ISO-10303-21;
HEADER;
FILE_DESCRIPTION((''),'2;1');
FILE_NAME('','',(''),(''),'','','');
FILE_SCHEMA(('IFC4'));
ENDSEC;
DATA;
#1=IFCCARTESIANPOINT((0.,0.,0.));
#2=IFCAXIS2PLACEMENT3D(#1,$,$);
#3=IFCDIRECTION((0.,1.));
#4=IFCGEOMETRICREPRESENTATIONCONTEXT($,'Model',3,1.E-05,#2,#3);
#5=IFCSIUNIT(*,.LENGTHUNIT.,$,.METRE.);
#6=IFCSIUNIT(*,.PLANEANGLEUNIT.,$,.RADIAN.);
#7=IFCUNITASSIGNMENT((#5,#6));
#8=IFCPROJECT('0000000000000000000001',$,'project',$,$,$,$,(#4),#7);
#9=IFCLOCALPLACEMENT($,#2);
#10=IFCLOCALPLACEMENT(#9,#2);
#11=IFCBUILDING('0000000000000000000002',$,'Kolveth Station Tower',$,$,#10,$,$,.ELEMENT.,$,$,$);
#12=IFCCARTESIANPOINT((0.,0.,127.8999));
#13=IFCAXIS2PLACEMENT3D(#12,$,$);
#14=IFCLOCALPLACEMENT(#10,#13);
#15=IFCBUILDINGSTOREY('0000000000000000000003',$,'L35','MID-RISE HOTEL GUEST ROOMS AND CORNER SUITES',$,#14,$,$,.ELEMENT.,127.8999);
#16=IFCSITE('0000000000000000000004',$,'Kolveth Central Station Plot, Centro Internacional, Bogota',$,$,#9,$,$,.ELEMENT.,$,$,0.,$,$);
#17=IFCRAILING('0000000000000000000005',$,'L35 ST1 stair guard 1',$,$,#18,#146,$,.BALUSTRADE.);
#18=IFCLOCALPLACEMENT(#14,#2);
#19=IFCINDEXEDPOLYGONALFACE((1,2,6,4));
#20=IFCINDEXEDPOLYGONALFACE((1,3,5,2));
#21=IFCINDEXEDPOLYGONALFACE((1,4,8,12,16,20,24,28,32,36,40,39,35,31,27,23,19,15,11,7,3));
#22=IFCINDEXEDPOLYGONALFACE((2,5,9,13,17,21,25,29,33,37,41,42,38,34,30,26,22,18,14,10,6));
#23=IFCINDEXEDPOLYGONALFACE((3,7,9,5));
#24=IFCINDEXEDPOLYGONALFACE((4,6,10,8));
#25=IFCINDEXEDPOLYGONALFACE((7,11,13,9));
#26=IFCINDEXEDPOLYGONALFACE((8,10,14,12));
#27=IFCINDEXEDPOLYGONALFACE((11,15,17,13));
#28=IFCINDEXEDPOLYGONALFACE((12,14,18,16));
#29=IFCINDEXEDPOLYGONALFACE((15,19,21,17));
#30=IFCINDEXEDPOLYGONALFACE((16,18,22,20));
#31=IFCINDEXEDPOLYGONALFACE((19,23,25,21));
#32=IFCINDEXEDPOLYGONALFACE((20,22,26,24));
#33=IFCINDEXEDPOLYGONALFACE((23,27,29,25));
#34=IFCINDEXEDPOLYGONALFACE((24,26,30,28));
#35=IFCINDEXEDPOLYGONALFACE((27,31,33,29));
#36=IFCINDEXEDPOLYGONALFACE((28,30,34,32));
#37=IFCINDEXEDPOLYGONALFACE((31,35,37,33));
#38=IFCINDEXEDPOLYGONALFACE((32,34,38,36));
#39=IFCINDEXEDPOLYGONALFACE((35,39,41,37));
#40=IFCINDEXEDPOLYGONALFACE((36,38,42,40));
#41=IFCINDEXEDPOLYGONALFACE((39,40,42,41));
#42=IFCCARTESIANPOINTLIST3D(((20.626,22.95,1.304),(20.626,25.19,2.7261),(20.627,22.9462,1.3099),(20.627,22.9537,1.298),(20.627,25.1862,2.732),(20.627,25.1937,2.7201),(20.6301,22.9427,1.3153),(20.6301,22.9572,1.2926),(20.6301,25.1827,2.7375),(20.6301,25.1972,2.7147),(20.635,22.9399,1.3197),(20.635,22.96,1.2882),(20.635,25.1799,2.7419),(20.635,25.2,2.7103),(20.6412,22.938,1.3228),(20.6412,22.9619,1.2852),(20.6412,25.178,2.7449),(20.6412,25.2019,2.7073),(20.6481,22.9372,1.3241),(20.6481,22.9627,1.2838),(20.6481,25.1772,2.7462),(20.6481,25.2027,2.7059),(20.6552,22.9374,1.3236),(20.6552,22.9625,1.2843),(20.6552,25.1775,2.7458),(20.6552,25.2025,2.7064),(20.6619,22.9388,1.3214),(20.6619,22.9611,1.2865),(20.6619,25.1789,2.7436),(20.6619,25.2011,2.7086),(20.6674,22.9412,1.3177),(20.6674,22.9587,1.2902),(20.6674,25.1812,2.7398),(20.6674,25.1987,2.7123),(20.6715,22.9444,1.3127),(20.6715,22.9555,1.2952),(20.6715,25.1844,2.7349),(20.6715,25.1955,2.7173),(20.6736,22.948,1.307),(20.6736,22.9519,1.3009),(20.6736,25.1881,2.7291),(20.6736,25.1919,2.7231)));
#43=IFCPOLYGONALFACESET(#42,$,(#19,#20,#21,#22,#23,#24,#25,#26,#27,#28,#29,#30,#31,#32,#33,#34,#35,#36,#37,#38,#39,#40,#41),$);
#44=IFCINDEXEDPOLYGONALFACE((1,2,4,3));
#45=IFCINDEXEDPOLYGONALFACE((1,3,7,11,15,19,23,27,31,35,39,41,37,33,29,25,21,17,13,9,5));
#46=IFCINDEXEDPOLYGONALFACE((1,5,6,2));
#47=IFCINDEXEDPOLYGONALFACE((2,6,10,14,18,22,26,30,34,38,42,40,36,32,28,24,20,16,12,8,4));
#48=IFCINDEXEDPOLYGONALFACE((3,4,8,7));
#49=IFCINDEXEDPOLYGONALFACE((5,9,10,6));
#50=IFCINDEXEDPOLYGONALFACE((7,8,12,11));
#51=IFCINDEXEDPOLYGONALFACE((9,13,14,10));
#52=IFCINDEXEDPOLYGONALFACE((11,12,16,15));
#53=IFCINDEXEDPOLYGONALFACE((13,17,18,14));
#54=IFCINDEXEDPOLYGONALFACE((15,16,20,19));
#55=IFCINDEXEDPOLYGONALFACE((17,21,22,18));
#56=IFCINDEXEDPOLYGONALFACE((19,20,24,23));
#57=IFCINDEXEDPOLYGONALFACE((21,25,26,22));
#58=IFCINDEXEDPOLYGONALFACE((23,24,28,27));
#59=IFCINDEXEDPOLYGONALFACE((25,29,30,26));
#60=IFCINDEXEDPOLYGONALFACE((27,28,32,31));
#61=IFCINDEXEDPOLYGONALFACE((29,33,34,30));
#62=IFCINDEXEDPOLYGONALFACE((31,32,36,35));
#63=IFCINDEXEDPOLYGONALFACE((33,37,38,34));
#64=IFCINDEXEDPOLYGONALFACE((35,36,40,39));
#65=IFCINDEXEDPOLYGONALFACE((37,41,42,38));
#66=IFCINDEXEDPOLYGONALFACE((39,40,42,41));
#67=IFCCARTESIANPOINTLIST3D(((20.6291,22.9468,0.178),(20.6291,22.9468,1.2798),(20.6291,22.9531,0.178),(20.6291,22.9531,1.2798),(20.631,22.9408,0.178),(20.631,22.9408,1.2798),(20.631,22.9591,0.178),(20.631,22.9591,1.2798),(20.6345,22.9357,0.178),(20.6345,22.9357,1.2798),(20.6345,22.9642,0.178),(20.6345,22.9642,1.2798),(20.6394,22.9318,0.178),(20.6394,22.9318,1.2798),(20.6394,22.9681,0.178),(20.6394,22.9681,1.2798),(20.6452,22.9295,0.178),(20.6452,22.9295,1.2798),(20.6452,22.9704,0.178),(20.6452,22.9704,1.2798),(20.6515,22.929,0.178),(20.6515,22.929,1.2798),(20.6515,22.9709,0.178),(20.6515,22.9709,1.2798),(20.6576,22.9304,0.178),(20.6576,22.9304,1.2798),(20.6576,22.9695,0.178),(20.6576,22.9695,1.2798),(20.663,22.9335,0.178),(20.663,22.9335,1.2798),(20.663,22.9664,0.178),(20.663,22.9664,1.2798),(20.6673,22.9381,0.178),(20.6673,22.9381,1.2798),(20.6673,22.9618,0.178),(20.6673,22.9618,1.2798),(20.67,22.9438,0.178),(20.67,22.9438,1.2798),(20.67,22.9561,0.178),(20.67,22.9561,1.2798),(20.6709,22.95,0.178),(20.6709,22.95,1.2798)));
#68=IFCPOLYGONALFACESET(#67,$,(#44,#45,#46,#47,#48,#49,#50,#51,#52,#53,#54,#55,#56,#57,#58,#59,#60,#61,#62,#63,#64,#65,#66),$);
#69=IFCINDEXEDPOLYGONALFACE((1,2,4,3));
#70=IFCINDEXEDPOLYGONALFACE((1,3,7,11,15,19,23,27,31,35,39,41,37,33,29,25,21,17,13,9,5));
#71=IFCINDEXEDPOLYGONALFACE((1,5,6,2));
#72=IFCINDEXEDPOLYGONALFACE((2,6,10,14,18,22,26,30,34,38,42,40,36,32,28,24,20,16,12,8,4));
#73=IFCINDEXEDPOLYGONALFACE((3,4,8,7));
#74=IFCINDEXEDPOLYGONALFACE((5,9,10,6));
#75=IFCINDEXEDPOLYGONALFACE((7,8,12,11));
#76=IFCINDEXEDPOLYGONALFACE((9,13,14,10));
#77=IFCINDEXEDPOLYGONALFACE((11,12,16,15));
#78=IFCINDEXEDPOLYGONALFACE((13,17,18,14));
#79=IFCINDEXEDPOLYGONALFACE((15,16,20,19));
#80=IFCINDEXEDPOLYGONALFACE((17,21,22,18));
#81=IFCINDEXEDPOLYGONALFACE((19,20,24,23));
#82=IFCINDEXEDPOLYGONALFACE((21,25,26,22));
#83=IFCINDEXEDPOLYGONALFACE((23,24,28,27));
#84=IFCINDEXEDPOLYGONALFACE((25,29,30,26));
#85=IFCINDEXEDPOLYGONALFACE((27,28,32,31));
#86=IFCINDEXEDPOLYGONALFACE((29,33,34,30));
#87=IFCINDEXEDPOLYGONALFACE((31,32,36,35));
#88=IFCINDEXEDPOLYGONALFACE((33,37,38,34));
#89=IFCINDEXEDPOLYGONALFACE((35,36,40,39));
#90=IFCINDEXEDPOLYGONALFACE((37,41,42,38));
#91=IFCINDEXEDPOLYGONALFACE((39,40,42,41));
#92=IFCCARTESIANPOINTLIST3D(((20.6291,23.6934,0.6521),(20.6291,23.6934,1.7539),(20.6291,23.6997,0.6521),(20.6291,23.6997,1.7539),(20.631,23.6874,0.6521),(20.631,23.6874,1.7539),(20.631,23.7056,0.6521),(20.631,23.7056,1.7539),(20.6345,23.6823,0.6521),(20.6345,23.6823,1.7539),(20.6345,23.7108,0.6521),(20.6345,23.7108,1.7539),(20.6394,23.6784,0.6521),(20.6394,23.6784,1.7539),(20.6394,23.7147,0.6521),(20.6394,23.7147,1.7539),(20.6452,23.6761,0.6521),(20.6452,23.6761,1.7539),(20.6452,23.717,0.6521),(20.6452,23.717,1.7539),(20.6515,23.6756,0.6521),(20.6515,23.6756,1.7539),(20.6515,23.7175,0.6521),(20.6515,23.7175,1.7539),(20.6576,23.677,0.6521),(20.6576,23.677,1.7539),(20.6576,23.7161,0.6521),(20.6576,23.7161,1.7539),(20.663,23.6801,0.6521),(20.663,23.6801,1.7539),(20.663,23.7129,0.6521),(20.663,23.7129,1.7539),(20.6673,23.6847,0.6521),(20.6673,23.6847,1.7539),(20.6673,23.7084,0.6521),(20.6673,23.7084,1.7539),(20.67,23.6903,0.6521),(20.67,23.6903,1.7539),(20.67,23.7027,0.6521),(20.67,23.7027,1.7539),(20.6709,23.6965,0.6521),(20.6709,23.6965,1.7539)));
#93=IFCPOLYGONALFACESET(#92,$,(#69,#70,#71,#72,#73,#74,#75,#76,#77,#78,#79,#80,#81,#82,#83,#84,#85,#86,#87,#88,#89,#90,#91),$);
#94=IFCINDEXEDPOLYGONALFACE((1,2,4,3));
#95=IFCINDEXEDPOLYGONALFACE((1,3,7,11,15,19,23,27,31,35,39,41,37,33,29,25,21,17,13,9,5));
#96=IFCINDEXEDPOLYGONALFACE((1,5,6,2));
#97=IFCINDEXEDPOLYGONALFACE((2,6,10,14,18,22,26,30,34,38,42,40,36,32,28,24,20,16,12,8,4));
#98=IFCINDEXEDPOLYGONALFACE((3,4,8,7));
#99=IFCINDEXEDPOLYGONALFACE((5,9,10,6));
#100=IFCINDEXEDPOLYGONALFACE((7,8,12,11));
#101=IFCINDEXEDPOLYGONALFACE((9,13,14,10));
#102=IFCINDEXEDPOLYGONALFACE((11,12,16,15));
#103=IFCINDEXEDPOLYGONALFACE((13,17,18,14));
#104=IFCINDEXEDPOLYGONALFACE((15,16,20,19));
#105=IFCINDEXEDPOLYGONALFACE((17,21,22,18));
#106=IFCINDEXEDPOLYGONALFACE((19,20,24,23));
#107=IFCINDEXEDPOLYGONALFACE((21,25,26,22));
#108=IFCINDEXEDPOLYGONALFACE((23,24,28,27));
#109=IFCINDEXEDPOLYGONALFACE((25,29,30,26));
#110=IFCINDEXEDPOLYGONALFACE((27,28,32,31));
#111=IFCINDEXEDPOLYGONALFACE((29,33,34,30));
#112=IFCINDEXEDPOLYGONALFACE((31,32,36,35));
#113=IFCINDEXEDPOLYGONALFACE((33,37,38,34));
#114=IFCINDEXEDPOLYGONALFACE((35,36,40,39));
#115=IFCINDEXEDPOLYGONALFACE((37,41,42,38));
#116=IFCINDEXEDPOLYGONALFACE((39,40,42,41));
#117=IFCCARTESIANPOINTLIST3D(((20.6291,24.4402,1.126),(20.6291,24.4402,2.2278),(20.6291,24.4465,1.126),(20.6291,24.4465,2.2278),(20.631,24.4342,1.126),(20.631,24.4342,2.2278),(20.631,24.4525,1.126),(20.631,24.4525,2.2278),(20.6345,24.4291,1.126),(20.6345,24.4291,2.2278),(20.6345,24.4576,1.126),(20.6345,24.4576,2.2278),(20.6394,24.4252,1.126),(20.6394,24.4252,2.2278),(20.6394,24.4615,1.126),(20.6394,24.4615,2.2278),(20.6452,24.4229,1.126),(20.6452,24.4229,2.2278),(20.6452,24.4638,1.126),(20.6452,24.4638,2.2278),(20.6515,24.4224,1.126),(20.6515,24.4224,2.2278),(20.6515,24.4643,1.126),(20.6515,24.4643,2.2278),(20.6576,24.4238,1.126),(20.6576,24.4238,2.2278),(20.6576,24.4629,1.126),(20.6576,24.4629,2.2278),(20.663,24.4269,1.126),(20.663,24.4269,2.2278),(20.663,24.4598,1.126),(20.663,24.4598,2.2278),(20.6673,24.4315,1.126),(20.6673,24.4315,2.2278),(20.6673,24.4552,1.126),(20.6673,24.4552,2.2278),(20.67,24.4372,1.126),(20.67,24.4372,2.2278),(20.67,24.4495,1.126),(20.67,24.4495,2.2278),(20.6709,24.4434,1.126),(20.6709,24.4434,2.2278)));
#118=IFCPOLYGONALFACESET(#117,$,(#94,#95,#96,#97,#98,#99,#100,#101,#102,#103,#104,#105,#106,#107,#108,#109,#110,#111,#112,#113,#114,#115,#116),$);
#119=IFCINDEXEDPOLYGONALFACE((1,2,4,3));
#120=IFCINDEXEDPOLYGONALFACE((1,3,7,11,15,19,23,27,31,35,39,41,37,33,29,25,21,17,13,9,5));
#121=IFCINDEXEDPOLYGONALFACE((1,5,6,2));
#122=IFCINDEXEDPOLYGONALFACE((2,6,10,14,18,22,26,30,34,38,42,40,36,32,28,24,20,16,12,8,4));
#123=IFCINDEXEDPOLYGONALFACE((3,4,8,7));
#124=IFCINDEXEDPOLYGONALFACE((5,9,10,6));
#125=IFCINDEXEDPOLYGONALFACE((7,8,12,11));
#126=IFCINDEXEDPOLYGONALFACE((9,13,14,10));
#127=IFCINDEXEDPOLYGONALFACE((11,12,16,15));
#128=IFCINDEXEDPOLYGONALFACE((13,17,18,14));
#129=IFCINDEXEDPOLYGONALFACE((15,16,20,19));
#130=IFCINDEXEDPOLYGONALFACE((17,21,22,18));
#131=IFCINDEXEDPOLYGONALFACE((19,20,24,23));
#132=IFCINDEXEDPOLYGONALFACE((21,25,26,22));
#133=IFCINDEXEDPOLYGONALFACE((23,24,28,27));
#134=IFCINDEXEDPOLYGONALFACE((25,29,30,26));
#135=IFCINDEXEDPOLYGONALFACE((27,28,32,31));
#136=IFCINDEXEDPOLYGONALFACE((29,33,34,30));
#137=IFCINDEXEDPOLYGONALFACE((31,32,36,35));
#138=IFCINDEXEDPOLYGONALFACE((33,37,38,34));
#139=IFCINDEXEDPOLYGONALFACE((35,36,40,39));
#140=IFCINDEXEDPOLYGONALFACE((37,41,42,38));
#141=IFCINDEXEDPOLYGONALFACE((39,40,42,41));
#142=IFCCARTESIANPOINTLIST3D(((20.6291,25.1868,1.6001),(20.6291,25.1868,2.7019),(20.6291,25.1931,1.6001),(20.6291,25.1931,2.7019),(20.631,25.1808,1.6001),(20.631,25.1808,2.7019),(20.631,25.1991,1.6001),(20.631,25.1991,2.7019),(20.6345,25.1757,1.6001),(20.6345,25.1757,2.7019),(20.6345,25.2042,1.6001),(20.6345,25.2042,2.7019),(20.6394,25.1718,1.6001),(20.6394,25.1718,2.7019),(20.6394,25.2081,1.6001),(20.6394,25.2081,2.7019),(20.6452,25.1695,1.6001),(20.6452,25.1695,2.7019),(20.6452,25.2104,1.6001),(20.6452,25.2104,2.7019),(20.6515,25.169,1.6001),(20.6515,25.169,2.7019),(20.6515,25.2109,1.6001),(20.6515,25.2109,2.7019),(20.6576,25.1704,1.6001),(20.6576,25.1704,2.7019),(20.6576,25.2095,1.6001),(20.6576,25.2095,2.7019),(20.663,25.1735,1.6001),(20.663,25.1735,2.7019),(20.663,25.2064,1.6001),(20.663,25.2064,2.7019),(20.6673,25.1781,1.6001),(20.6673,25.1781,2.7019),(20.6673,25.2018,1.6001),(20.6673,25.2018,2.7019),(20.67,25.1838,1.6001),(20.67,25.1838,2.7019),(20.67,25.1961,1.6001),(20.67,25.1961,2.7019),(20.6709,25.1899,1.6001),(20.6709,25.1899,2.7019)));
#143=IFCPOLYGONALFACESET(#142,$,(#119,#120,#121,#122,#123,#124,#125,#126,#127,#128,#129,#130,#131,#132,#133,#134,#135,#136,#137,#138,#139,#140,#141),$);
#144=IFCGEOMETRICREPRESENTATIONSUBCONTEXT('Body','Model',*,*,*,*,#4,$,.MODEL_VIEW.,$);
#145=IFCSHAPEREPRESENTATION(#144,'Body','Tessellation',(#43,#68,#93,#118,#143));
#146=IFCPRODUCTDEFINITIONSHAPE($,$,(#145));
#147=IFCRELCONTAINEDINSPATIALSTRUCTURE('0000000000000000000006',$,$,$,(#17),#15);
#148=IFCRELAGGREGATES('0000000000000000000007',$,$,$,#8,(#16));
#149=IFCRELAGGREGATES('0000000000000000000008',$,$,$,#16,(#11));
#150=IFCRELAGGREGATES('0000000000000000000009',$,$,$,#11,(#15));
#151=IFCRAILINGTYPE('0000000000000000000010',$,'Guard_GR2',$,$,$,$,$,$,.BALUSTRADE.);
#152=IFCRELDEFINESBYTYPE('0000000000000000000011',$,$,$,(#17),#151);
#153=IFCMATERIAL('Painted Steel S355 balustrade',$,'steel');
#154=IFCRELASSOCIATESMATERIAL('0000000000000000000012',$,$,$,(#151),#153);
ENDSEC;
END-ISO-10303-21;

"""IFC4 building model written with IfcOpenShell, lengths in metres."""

from ifc_helpers import new_model, si_unit, direction, frame, origin, origin_2d, place, context, subcontext, project, spatial, circle, extrude, material, type_object, element, save


model = new_model("IFC4")

# Units and contexts
model_context = context("Model", 3, precision=1e-05, world=origin(), true_north=direction((0.0, 1.0)))
body_context = subcontext(model_context, "Body", "Model", "MODEL_VIEW")
ifc_project = project(units=[si_unit("LENGTHUNIT", "METRE"), si_unit("PLANEANGLEUNIT", "RADIAN")], contexts=[model_context])

# Site, building, storey
site_placement = place(None, origin())
site = spatial("IfcSite", under=ifc_project, at=site_placement, Name="Kolveth Central Station Plot, Centro Internacional, Bogota", CompositionType="ELEMENT", RefElevation=0.0)
building_placement = place(site_placement, origin())
building = spatial("IfcBuilding", under=site, at=building_placement, Name="Kolveth Station Tower", CompositionType="ELEMENT")
storey_placement = place(building_placement, frame((0.0, 0.0, 127.8999)))
storey = spatial("IfcBuildingStorey", under=building, at=storey_placement, Name="L35", Description="MID-RISE HOTEL GUEST ROOMS AND CORNER SUITES", CompositionType="ELEMENT", Elevation=127.8999)

# Railing
ifc_material_1 = material(Name="Painted Steel S355 balustrade", Category="steel")
railing_type_1 = type_object("IfcRailingType", Name="Guard_GR2", PredefinedType="BALUSTRADE", material=ifc_material_1)
railing_1_placement = place(storey_placement, frame((20.6499, 22.95, 0.178)))
element("IfcRailing", 1, at=railing_1_placement, inside=storey, type_object=railing_type_1, Name="L35 ST1 stair guard 1", PredefinedType="BALUSTRADE", context=body_context, shape_type="SweptSolid", body=[
    extrude(circle(Radius=0.0239, at=origin_2d()), frame((0.0, 0.0, 1.126), z_axis=(0.0, 0.844229, 0.535982), x_axis=(-1.0, 0.0, 0.0)), (0.0, 0.0, 1.0), 2.6533),
    extrude(circle(Radius=0.021, at=origin_2d()), origin(), (0.0, 0.0, 1.0), 1.1018),
    extrude(circle(Radius=0.021, at=origin_2d()), frame((0.0, 0.7466, 0.4741)), (0.0, 0.0, 1.0), 1.1018),
    extrude(circle(Radius=0.021, at=origin_2d()), frame((0.0, 1.4934, 0.948)), (0.0, 0.0, 1.0), 1.1018),
    extrude(circle(Radius=0.021, at=origin_2d()), frame((0.0, 2.24, 1.4221)), (0.0, 0.0, 1.0), 1.1018),
])

save(model, "model.ifc")
